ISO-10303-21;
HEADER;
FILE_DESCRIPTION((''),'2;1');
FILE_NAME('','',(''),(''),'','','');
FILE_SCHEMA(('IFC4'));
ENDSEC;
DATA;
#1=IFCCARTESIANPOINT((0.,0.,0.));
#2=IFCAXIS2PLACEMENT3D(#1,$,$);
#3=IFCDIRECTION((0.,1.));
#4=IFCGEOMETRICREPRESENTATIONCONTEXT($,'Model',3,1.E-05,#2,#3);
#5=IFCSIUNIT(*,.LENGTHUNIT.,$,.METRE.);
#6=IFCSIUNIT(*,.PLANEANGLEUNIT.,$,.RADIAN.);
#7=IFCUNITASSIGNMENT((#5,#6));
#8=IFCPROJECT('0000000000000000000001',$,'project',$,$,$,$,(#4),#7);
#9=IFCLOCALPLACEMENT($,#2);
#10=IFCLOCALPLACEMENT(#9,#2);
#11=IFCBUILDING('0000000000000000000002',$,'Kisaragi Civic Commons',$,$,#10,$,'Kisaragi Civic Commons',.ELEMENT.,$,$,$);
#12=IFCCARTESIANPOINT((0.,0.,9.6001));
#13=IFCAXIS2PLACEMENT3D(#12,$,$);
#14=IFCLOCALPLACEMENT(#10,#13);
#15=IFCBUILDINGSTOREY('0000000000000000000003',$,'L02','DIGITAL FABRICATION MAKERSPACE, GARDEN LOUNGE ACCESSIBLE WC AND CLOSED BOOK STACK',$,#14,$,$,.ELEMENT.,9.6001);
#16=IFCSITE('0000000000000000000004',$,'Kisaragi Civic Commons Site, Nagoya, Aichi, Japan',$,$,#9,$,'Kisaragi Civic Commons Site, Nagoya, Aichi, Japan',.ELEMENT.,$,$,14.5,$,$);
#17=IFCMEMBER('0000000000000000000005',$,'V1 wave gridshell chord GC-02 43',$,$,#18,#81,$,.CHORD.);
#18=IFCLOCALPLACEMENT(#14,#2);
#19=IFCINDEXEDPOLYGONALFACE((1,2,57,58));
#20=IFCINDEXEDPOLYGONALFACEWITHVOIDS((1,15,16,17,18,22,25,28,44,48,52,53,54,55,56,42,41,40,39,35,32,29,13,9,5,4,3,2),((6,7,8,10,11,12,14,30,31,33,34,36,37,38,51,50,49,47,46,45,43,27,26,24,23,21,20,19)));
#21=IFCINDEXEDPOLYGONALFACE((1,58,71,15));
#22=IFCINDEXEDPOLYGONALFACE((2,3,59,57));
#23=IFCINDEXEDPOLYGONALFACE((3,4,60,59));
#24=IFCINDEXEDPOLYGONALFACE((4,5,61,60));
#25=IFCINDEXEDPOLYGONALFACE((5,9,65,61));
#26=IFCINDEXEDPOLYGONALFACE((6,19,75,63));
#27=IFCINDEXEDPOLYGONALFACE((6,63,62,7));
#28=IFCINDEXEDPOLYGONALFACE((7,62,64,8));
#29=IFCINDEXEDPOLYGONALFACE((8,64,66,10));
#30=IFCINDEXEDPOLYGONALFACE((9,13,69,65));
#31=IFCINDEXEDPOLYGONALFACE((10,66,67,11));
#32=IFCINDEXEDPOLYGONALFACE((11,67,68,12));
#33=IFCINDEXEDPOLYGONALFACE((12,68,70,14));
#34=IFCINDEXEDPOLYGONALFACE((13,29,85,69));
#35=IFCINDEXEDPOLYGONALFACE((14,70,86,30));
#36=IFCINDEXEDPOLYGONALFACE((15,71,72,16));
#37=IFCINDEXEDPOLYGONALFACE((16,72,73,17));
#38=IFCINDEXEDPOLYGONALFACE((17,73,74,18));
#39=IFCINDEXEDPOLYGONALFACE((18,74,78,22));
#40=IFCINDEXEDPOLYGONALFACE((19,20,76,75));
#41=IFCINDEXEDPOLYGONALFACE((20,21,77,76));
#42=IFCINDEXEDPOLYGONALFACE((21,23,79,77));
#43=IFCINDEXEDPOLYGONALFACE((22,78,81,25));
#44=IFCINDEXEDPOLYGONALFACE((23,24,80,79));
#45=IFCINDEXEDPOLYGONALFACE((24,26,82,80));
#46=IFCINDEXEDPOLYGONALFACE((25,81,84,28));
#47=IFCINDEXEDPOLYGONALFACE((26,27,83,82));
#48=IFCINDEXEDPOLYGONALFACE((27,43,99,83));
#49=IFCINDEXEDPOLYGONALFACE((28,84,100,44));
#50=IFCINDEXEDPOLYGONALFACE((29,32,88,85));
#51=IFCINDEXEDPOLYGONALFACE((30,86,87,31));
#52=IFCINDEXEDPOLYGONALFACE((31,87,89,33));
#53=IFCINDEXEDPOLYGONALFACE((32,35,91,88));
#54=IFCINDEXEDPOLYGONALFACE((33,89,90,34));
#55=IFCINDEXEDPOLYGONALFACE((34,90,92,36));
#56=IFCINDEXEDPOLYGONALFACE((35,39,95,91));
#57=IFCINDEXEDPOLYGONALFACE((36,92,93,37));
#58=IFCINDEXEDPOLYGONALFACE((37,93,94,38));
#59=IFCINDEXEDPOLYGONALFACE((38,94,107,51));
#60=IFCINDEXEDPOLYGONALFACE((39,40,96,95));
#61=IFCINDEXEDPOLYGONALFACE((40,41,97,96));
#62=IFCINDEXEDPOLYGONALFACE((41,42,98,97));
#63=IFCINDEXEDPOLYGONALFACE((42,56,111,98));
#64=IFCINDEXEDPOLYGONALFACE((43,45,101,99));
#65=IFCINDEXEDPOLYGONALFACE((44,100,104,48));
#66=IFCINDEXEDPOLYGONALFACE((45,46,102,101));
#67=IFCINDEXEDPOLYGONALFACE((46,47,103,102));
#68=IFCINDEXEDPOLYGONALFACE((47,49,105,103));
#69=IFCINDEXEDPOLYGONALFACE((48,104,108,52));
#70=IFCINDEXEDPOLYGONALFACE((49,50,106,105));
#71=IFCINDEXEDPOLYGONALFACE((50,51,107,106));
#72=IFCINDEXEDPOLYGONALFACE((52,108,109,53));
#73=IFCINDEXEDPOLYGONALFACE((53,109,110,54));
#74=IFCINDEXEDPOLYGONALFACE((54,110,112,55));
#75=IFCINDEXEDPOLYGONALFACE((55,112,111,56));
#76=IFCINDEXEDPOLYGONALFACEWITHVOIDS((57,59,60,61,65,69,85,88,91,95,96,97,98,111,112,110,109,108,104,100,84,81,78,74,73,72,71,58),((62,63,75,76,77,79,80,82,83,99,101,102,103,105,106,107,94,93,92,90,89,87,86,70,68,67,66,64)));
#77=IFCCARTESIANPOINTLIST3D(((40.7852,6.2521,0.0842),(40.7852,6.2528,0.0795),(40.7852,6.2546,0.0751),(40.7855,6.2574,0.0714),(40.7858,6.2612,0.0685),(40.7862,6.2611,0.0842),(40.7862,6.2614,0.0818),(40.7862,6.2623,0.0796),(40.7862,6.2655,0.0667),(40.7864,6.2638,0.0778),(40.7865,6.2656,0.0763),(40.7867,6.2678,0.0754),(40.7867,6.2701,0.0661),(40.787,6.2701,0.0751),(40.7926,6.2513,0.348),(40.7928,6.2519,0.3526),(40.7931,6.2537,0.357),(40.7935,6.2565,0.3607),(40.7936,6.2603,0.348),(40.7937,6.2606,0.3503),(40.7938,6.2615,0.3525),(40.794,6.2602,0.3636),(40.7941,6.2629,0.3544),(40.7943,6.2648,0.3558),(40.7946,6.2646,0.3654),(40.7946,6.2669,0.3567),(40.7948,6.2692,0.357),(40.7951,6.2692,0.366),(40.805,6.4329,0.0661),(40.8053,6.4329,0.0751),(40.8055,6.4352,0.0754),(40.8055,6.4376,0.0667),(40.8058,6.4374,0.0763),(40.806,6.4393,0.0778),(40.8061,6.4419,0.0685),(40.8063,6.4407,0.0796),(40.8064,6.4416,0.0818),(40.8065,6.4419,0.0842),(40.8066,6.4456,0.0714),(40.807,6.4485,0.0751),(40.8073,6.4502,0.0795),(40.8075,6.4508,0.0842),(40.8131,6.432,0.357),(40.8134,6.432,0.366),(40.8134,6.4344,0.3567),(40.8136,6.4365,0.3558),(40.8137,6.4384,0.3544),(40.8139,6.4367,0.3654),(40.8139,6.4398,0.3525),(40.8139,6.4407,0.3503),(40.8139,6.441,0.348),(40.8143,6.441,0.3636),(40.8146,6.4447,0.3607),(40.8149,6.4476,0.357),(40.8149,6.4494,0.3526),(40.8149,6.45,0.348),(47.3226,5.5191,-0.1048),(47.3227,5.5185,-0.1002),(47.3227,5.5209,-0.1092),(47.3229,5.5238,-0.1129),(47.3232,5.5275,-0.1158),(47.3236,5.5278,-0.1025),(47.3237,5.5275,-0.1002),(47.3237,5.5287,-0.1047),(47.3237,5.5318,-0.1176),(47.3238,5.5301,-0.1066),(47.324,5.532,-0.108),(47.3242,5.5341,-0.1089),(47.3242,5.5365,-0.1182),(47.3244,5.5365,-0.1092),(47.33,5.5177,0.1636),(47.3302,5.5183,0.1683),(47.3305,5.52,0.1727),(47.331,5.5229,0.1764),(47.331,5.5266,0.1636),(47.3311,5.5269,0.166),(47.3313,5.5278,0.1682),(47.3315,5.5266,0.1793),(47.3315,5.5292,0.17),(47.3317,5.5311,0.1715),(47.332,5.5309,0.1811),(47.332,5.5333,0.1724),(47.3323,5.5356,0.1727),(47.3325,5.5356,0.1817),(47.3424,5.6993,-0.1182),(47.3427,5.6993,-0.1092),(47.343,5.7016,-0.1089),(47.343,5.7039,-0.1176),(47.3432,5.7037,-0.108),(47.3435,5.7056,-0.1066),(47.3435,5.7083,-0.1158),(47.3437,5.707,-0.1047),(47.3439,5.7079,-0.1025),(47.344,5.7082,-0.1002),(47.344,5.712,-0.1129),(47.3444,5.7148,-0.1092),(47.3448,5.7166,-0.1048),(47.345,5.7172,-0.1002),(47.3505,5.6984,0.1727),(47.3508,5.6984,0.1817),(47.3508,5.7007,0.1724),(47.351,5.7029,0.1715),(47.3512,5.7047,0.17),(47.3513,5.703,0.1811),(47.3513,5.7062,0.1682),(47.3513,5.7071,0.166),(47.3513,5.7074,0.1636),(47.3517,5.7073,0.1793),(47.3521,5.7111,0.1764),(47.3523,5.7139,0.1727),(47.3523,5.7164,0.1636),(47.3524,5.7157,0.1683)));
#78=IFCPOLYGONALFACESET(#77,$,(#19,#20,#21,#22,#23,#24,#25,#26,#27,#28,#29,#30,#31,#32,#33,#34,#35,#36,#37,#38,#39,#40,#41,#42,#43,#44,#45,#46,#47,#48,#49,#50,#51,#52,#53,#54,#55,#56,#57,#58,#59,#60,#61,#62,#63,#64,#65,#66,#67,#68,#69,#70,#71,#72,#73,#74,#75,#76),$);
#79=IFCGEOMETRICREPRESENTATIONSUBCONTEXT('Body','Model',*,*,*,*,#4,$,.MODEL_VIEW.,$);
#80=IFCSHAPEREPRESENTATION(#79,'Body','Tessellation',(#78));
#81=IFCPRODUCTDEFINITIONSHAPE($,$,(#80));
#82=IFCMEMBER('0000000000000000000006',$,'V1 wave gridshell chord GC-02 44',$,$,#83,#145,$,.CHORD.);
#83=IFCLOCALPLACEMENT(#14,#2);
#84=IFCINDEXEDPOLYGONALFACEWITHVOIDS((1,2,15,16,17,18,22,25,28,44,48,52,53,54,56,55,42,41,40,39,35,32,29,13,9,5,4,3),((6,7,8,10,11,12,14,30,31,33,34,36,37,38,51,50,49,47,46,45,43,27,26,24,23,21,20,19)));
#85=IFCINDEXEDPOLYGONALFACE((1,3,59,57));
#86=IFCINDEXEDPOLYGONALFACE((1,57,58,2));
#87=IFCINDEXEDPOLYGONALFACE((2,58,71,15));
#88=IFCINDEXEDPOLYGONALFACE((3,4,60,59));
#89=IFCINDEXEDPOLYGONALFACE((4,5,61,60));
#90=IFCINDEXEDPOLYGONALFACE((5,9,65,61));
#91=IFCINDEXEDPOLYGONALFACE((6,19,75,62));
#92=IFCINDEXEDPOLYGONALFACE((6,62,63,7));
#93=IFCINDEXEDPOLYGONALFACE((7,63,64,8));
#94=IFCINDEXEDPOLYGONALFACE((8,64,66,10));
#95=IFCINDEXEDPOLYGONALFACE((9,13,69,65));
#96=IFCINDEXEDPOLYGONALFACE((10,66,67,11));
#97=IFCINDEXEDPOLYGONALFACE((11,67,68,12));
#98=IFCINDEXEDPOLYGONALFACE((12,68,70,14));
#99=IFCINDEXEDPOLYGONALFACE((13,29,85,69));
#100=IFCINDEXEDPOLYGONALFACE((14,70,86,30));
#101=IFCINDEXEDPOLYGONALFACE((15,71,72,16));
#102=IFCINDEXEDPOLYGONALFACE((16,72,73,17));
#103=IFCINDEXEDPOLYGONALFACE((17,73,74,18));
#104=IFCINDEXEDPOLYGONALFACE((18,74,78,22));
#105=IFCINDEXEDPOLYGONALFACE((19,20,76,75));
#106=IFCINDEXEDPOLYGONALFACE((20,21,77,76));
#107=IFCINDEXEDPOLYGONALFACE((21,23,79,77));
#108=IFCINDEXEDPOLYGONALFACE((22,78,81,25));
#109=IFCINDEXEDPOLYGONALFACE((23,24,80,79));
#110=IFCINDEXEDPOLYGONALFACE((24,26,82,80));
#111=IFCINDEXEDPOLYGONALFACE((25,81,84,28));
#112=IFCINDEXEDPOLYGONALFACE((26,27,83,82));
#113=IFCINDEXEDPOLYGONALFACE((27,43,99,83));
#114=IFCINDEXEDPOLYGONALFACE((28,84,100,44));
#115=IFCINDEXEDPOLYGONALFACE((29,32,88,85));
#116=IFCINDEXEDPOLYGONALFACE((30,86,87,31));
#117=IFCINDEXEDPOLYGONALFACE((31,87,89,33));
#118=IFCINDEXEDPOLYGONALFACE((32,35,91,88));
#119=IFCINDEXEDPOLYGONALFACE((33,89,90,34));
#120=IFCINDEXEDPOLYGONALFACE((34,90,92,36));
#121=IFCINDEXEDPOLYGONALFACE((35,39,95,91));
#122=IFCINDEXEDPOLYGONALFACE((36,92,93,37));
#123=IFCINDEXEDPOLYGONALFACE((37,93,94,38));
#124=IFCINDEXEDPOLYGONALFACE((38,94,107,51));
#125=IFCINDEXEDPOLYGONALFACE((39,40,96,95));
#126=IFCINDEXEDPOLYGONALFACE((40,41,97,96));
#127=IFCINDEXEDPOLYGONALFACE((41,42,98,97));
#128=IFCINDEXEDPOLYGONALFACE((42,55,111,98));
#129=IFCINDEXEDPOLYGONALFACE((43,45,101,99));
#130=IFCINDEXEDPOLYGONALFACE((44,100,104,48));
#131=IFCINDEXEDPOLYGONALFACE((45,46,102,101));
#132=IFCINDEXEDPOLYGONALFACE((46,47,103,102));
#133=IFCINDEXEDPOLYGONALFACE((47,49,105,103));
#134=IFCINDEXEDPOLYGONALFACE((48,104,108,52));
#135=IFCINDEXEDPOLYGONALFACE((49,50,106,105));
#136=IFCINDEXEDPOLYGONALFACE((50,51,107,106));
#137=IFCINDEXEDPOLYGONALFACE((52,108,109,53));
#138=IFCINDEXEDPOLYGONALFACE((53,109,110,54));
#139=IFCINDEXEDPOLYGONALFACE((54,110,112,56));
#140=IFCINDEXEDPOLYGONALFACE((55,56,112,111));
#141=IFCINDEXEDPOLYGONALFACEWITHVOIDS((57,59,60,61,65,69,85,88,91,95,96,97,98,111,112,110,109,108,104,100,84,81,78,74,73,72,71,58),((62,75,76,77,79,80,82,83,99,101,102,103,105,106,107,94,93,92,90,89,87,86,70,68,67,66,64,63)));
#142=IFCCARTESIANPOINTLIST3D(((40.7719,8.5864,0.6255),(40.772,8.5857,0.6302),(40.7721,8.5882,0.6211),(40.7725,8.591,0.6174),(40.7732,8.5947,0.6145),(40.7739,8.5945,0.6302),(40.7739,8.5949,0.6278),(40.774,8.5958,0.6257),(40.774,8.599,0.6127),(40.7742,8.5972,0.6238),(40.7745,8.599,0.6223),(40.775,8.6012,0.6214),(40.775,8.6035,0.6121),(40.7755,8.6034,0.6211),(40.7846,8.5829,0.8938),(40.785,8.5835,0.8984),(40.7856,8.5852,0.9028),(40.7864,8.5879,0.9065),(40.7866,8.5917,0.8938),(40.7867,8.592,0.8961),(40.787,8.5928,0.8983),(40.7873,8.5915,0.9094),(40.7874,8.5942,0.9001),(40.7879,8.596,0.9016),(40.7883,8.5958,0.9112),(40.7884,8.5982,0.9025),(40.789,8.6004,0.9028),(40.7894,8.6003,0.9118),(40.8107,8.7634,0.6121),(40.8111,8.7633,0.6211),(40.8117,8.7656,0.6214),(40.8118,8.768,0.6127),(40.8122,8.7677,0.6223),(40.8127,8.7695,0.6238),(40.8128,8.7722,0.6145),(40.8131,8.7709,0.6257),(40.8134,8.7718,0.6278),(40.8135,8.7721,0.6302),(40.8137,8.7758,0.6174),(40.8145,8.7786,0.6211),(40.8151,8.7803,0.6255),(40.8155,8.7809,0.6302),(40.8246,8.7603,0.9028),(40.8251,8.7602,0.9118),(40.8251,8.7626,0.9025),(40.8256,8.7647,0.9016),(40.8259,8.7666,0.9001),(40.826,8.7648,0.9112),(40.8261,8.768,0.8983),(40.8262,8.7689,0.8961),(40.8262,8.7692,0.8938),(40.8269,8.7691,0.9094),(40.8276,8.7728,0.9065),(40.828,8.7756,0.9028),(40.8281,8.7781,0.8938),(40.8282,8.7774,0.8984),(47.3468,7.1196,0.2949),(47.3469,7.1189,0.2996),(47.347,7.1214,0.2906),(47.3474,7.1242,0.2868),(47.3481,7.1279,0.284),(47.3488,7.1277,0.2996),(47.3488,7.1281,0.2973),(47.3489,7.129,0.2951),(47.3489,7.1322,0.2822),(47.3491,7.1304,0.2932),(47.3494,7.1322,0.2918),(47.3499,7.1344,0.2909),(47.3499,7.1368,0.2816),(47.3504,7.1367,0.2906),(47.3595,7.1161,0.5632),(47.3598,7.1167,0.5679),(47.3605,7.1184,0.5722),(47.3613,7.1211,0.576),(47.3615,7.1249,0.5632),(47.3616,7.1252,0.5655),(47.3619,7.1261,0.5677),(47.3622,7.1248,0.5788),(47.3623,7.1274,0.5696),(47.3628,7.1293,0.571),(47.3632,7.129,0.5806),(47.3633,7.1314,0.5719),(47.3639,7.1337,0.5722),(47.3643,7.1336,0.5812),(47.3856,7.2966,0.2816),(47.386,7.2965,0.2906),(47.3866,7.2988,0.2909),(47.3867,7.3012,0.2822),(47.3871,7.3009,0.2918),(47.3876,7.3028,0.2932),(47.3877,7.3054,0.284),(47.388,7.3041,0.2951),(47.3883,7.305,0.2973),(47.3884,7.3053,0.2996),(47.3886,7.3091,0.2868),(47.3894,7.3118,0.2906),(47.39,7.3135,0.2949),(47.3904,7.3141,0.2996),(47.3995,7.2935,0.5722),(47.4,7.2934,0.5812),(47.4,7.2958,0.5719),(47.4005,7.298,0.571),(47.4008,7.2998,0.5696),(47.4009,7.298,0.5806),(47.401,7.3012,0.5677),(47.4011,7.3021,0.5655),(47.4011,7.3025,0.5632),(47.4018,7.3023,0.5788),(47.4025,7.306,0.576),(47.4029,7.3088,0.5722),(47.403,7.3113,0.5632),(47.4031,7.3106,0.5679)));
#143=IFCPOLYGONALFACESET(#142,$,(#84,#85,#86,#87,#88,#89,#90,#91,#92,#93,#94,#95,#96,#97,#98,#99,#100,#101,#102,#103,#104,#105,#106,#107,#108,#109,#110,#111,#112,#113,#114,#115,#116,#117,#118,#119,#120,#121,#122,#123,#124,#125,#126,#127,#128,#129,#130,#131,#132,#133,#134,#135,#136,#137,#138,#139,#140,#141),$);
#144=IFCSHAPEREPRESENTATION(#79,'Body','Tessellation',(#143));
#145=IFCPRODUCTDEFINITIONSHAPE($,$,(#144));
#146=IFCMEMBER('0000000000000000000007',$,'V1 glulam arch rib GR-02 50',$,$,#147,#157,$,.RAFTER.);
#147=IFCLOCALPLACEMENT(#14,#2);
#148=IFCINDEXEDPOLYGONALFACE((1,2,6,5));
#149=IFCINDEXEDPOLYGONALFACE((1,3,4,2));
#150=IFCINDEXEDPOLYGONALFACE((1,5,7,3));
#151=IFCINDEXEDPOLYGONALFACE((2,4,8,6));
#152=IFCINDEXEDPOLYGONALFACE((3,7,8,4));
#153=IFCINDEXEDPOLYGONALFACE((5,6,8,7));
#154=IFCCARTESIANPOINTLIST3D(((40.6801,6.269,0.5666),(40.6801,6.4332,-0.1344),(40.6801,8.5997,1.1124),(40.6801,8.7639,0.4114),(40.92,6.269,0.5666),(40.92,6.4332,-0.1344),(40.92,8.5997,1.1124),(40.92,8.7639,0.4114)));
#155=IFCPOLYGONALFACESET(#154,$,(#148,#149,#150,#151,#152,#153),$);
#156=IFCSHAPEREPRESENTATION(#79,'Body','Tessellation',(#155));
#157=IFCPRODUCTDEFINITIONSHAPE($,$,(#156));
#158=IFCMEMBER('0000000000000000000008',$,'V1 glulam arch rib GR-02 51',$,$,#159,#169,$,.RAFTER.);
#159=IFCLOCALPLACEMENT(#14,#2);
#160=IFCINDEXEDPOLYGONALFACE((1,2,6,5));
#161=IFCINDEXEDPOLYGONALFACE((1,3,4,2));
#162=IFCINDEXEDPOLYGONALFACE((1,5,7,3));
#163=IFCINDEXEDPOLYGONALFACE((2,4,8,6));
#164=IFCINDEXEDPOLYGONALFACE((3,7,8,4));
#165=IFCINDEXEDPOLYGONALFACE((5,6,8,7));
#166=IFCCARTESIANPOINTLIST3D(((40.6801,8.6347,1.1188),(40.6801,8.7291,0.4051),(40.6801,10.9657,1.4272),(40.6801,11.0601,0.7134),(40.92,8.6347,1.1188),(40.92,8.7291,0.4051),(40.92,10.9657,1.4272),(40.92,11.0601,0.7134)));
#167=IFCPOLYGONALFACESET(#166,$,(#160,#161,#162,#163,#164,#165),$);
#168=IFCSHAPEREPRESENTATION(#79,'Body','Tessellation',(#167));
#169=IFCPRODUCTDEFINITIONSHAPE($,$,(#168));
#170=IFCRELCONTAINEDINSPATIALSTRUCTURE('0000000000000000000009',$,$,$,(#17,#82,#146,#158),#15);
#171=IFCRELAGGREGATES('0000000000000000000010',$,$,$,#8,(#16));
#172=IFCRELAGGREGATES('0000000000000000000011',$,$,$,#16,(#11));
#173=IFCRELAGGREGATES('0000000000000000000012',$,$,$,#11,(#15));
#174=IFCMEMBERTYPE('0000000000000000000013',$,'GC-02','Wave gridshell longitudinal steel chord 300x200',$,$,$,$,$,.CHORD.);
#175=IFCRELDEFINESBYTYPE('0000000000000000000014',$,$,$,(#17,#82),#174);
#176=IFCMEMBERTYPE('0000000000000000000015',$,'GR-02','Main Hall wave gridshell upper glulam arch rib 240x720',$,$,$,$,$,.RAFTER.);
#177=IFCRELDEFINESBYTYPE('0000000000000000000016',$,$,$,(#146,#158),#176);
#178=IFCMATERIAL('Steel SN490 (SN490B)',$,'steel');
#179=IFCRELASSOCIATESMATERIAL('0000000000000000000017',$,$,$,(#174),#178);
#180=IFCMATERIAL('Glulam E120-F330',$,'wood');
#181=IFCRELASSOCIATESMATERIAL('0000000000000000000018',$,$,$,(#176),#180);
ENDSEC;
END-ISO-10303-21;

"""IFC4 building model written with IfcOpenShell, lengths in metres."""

from ifc_helpers import new_model, si_unit, direction, frame, origin, origin_2d, place, context, subcontext, project, spatial, rectangle, hollow_rectangle, extrude, material, material_profile, profile_set, type_object, element, save


model = new_model("IFC4")

# Units and contexts
model_context = context("Model", 3, precision=1e-05, world=origin(), true_north=direction((0.0, 1.0)))
body_context = subcontext(model_context, "Body", "Model", "MODEL_VIEW")
ifc_project = project(units=[si_unit("LENGTHUNIT", "METRE"), si_unit("PLANEANGLEUNIT", "RADIAN")], contexts=[model_context])

# Site, building, storey
site_placement = place(None, origin())
site = spatial("IfcSite", under=ifc_project, at=site_placement, Name="Kisaragi Civic Commons Site, Nagoya, Aichi, Japan", LongName="Kisaragi Civic Commons Site, Nagoya, Aichi, Japan", CompositionType="ELEMENT", RefElevation=14.5)
building_placement = place(site_placement, origin())
building = spatial("IfcBuilding", under=site, at=building_placement, Name="Kisaragi Civic Commons", LongName="Kisaragi Civic Commons", CompositionType="ELEMENT")
storey_placement = place(building_placement, frame((0.0, 0.0, 9.6001)))
storey = spatial("IfcBuildingStorey", under=building, at=storey_placement, Name="L02", Description="DIGITAL FABRICATION MAKERSPACE, GARDEN LOUNGE ACCESSIBLE WC AND CLOSED BOOK STACK", CompositionType="ELEMENT", Elevation=9.6001)

# Members
ifc_material_1 = material(Name="Steel SN490 (SN490B)", Category="steel")
ifc_material_profile_1 = material_profile(ifc_material_1, hollow_rectangle(XDim=0.2, YDim=0.3, WallThickness=0.009, InnerFilletRadius=0.009, OuterFilletRadius=0.0181, at=origin_2d()), Name="STKR-300x200x9", Category="steel")
ifc_profile_set_1 = profile_set([ifc_material_profile_1], Name="Steel SN490 (SN490B)")
member_type_1 = type_object("IfcMemberType", Name="GC-02", Description="Wave gridshell longitudinal steel chord 300x200", PredefinedType="CHORD", material=ifc_profile_set_1)
member_1_placement = place(storey_placement, frame((40.8, 6.3511, 0.2161), z_axis=(0.993372, -0.111479, -0.028009), x_axis=(0.111523, 0.993762, 0.0)))
element("IfcMember", 1, at=member_1_placement, inside=storey, type_object=member_type_1, Name="V1 wave gridshell chord GC-02 43", PredefinedType="CHORD", context=body_context, shape_type="SweptSolid", body=[
    extrude(hollow_rectangle(XDim=0.2, YDim=0.3, WallThickness=0.009, InnerFilletRadius=0.009, OuterFilletRadius=0.0181, at=origin_2d()), origin(), (0.0, 0.0, 1.0), 6.5811),
])
member_2_placement = place(storey_placement, frame((40.8, 8.6819, 0.762), z_axis=(0.974835, -0.217475, -0.049011), x_axis=(0.217736, 0.976008, 0.0)))
element("IfcMember", 2, at=member_2_placement, inside=storey, type_object=member_type_1, Name="V1 wave gridshell chord GC-02 44", PredefinedType="CHORD", context=body_context, shape_type="SweptSolid", body=[
    extrude(hollow_rectangle(XDim=0.2, YDim=0.3, WallThickness=0.009, InnerFilletRadius=0.009, OuterFilletRadius=0.0181, at=origin_2d()), origin(), (0.0, 0.0, 1.0), 6.7446),
])
ifc_material_2 = material(Name="Glulam E120-F330", Category="wood")
ifc_material_profile_2 = material_profile(ifc_material_2, rectangle(XDim=0.24, YDim=0.72, at=origin_2d()), Name="GL-240x720", Category="wood")
ifc_profile_set_2 = profile_set([ifc_material_profile_2], Name="Glulam E120-F330")
member_type_2 = type_object("IfcMemberType", Name="GR-02", Description="Main Hall wave gridshell upper glulam arch rib 240x720", PredefinedType="RAFTER", material=ifc_profile_set_2)
member_3_placement = place(storey_placement, frame((40.8, 6.3511, 0.2161), z_axis=(0.0, 0.973652, 0.228039), x_axis=(-1.0, 0.0, 0.0)))
element("IfcMember", 3, at=member_3_placement, inside=storey, type_object=member_type_2, Name="V1 glulam arch rib GR-02 50", PredefinedType="RAFTER", context=body_context, shape_type="SweptSolid", body=[
    extrude(rectangle(XDim=0.24, YDim=0.72, at=origin_2d()), origin(), (0.0, 0.0, 1.0), 2.3938),
])
member_4_placement = place(storey_placement, frame((40.8, 8.6819, 0.762), z_axis=(0.0, 0.991364, 0.131137), x_axis=(-1.0, 0.0, 0.0)))
element("IfcMember", 4, at=member_4_placement, inside=storey, type_object=member_type_2, Name="V1 glulam arch rib GR-02 51", PredefinedType="RAFTER", context=body_context, shape_type="SweptSolid", body=[
    extrude(rectangle(XDim=0.24, YDim=0.72, at=origin_2d()), origin(), (0.0, 0.0, 1.0), 2.3513),
])

save(model, "model.ifc")
